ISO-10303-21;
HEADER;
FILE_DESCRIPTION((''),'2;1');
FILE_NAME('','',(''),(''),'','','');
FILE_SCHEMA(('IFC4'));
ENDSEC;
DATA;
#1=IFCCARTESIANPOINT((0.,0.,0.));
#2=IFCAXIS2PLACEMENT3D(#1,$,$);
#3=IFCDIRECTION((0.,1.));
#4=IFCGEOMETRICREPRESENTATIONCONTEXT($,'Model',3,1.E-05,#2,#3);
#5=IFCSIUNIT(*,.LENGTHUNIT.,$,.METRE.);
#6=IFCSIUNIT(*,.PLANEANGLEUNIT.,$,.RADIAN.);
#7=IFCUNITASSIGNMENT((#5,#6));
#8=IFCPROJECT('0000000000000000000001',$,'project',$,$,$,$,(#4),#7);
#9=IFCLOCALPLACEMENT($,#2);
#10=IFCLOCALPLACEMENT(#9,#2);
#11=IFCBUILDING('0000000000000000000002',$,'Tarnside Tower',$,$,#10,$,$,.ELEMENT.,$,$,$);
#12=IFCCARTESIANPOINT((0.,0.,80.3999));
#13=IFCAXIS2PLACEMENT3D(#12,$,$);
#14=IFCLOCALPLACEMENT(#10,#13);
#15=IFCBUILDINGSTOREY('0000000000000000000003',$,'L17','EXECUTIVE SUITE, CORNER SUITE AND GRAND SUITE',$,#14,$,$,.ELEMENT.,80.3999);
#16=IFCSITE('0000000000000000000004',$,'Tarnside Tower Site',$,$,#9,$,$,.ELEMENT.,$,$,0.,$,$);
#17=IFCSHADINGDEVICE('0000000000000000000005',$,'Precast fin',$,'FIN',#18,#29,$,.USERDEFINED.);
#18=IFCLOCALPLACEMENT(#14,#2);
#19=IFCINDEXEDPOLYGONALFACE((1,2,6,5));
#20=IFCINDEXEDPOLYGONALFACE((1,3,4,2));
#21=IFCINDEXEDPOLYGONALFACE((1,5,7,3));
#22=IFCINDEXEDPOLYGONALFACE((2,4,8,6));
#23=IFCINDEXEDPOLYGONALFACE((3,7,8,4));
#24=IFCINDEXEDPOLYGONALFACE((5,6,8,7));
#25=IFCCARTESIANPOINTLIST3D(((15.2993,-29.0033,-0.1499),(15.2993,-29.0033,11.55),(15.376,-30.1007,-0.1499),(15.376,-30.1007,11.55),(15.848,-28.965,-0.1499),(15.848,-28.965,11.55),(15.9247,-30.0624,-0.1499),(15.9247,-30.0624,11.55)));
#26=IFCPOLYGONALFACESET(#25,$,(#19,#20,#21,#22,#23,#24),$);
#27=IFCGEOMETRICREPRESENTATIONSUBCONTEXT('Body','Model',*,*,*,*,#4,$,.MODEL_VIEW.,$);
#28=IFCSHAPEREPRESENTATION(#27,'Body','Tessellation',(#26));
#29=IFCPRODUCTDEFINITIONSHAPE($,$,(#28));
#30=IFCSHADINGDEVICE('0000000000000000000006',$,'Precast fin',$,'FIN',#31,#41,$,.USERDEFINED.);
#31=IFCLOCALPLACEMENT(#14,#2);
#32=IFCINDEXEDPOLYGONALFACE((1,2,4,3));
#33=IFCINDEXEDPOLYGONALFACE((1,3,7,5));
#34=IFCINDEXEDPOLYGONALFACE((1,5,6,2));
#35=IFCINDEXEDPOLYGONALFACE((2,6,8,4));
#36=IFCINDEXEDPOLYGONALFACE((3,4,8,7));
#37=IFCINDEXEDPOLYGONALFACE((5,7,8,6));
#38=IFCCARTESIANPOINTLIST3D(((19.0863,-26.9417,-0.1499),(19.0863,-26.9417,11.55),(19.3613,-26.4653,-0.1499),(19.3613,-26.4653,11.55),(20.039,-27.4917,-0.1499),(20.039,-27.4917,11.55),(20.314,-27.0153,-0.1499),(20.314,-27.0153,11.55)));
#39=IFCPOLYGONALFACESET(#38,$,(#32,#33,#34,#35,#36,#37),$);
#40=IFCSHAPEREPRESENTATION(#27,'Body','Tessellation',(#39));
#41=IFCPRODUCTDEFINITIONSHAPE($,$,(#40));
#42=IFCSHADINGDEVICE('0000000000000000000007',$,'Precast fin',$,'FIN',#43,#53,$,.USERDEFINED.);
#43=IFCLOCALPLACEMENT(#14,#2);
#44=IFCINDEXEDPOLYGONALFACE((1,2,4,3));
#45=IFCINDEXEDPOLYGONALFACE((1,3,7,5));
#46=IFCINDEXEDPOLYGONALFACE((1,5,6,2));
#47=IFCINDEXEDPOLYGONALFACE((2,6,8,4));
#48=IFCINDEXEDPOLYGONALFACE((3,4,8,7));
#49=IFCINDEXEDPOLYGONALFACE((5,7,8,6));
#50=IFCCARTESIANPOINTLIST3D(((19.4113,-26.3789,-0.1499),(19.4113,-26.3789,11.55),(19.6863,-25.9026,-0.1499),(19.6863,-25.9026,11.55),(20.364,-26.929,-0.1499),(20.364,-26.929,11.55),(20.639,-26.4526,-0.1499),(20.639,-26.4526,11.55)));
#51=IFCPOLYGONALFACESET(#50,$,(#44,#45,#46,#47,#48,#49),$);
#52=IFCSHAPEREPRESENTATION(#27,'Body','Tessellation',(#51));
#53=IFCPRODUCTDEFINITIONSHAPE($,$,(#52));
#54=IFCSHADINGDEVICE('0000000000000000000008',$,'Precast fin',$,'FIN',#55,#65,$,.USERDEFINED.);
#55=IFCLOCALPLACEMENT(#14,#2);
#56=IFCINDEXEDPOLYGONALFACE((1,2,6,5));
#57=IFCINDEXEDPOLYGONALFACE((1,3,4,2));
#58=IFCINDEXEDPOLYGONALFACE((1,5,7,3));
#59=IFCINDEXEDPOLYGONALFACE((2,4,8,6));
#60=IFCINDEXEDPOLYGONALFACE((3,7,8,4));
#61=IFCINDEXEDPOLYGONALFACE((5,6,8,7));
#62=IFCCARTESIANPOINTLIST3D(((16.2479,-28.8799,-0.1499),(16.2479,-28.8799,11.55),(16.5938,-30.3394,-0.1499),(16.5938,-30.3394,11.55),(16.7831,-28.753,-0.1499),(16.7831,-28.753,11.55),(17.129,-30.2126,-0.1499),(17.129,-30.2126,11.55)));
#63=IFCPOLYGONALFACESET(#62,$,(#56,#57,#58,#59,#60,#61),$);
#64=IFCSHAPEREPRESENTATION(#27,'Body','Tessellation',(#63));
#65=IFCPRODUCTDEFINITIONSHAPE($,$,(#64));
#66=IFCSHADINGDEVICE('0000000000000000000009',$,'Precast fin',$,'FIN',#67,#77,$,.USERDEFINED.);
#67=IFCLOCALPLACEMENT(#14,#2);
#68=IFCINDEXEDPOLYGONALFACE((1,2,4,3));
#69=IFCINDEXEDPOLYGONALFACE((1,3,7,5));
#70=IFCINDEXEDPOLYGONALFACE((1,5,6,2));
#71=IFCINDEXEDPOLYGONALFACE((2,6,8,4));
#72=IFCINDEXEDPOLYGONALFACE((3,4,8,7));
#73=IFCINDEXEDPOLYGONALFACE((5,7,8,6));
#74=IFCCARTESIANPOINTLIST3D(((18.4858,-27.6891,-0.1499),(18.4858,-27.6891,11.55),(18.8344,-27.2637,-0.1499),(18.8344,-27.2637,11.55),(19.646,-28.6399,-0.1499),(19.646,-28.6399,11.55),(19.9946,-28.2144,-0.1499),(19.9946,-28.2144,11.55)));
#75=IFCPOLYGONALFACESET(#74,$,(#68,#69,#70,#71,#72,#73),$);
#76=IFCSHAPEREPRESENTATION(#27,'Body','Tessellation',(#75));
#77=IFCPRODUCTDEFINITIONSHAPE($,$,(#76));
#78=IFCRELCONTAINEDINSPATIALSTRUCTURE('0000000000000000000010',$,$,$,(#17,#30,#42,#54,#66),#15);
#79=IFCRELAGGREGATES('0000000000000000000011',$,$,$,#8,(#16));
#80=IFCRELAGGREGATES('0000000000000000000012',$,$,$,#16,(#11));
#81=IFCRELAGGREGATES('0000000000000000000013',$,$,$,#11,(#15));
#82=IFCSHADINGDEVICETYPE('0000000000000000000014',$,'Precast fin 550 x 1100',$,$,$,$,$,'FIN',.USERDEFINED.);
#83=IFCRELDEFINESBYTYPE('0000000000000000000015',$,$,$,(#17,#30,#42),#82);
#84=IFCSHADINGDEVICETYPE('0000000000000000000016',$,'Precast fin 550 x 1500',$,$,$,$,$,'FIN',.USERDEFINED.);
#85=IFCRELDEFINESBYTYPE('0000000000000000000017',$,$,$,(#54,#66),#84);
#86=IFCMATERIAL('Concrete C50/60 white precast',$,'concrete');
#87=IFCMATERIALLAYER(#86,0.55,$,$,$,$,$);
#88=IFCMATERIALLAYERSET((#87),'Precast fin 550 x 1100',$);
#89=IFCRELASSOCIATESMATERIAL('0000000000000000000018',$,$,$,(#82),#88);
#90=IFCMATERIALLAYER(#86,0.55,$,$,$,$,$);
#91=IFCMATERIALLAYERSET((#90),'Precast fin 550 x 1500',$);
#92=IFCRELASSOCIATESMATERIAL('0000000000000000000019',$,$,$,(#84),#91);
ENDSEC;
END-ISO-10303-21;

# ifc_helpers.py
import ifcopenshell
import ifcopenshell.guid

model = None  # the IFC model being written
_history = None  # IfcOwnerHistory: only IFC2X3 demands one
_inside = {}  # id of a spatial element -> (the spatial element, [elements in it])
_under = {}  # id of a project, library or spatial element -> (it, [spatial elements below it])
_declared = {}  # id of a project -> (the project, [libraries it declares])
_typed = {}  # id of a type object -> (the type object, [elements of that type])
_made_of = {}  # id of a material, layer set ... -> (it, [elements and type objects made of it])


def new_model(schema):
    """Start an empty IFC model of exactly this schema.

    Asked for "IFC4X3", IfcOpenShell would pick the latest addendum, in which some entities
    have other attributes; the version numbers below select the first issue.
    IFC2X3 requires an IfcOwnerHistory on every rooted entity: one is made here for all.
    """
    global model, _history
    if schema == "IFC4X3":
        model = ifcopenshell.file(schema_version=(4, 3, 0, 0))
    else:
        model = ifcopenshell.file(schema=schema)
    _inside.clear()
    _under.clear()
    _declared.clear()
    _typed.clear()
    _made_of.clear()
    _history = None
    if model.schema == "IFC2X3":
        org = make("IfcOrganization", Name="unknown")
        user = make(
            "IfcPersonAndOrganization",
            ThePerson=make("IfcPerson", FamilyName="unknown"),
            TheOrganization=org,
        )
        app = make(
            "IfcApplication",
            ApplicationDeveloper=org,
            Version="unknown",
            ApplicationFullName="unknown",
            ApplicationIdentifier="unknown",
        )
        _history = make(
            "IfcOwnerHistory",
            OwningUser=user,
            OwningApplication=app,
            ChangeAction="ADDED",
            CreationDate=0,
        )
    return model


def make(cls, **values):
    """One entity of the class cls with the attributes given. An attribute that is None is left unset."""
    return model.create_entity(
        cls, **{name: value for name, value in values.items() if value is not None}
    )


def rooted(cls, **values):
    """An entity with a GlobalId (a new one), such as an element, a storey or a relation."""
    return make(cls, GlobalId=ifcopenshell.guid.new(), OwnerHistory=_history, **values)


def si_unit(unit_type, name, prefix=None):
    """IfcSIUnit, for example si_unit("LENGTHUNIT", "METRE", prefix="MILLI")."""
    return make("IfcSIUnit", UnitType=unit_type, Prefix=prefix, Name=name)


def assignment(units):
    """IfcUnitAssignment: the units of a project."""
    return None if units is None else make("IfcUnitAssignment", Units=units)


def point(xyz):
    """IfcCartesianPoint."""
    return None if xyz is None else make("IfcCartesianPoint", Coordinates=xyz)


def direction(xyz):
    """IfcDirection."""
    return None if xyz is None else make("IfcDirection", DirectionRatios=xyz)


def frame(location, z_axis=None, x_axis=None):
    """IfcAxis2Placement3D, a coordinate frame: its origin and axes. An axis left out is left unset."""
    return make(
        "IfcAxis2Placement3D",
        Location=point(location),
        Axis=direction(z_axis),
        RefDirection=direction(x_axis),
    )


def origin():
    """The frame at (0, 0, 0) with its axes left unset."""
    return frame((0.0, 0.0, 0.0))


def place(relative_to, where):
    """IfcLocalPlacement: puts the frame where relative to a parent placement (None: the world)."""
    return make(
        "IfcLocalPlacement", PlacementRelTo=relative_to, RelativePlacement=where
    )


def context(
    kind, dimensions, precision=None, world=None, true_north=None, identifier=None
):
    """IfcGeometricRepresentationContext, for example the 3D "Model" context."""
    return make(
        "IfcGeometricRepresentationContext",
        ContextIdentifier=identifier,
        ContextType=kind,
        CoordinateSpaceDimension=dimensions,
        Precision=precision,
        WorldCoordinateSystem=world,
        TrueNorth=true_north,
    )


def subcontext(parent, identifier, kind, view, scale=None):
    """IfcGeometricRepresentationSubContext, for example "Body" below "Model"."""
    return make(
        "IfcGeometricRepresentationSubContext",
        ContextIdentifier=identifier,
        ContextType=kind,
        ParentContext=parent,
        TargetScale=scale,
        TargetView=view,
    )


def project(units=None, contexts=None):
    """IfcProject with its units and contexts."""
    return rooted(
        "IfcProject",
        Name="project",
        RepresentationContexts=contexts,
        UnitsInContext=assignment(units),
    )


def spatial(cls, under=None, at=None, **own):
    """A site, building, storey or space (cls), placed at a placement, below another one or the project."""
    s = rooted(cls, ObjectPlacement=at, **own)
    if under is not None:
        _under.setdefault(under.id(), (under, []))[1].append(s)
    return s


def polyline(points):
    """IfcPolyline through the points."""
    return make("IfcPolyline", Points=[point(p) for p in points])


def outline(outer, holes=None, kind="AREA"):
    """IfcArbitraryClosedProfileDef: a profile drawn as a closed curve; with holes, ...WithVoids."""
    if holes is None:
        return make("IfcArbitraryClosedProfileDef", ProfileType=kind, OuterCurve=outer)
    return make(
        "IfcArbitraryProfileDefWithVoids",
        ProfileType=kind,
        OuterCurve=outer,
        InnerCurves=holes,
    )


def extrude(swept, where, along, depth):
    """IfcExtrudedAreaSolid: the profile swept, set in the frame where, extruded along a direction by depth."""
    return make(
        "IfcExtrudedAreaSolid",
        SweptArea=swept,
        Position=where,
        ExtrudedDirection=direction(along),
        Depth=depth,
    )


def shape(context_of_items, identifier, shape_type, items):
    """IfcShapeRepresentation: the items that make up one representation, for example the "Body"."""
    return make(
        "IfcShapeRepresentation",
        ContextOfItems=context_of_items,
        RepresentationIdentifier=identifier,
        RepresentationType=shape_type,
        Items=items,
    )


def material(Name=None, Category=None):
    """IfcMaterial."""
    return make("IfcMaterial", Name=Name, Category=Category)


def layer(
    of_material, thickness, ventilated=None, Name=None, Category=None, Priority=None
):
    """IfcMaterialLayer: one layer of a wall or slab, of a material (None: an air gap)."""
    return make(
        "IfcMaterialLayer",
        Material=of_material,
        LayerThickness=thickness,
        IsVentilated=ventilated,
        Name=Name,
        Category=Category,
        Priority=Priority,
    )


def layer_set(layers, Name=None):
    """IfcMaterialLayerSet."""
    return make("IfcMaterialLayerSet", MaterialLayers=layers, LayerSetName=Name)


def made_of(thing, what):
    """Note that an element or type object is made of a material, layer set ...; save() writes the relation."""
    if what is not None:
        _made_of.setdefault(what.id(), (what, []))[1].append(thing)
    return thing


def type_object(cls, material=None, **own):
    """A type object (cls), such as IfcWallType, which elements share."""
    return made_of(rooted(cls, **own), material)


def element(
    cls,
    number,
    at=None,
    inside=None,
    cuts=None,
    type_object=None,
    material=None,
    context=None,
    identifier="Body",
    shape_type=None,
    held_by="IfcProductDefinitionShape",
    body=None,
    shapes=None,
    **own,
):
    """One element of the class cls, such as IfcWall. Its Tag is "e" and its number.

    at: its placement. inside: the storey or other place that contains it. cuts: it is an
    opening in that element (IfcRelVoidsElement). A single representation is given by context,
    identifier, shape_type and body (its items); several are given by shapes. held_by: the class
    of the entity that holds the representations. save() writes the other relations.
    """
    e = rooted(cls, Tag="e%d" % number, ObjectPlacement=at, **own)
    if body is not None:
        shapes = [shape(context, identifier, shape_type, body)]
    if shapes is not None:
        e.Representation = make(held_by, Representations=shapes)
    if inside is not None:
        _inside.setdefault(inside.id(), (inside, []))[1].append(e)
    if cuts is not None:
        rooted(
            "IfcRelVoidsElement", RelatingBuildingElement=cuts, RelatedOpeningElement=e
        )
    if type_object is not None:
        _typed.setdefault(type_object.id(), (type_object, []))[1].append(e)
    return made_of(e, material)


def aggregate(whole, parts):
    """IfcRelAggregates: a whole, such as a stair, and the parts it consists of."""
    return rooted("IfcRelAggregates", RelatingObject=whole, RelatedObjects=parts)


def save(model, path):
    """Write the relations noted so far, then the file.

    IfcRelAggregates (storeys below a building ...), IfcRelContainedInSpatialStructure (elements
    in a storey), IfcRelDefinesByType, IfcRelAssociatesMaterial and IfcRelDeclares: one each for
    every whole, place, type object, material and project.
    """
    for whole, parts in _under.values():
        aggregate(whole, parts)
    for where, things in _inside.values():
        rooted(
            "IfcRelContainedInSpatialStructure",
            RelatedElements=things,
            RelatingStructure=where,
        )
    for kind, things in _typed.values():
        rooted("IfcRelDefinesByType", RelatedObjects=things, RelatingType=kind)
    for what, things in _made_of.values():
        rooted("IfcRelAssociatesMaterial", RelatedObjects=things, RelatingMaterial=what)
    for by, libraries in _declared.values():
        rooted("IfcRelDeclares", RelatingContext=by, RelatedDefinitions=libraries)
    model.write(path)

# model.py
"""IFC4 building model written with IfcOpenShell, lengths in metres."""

from ifc_helpers import new_model, si_unit, direction, frame, origin, place, context, subcontext, project, spatial, polyline, outline, extrude, material, layer, layer_set, type_object, element, save


model = new_model("IFC4")

# Units and contexts
model_context = context("Model", 3, precision=1e-05, world=origin(), true_north=direction((0.0, 1.0)))
body_context = subcontext(model_context, "Body", "Model", "MODEL_VIEW")
ifc_project = project(units=[si_unit("LENGTHUNIT", "METRE"), si_unit("PLANEANGLEUNIT", "RADIAN")], contexts=[model_context])

# Site, building, storey
site_placement = place(None, origin())
site = spatial("IfcSite", under=ifc_project, at=site_placement, Name="Tarnside Tower Site", CompositionType="ELEMENT", RefElevation=0.0)
building_placement = place(site_placement, origin())
building = spatial("IfcBuilding", under=site, at=building_placement, Name="Tarnside Tower", CompositionType="ELEMENT")
storey_placement = place(building_placement, frame((0.0, 0.0, 80.3999)))
storey = spatial("IfcBuildingStorey", under=building, at=storey_placement, Name="L17", Description="EXECUTIVE SUITE, CORNER SUITE AND GRAND SUITE", CompositionType="ELEMENT", Elevation=80.3999)

# Shading devices
ifc_material_1 = material(Name="Concrete C50/60 white precast", Category="concrete")
ifc_layer_1 = layer(ifc_material_1, 0.55)
ifc_layer_set_1 = layer_set([ifc_layer_1], Name="Precast fin 550 x 1100")
shading_device_type_1 = type_object("IfcShadingDeviceType", Name="Precast fin 550 x 1100", ElementType="FIN", PredefinedType="USERDEFINED", material=ifc_layer_set_1)
for number, where, z_axis, x_axis, name in (
    (1, (15.5737, -28.9841, -0.1499), (-0.997564, -0.069756, 0.0), (0.069756, -0.997564, 0.0), "Precast fin"),
    (2, (19.2239, -26.7034, -0.1499), (-0.5, -0.866025, 0.0), (0.866025, -0.5, 0.0), "Precast fin"),
    (3, (19.5488, -26.1406, -0.1499), (-0.5, -0.866025, 0.0), (0.866025, -0.5, 0.0), "Precast fin"),
):
    element("IfcShadingDevice", number, at=place(storey_placement, frame(where, z_axis=z_axis, x_axis=x_axis)), inside=storey, type_object=shading_device_type_1, Name=name, ObjectType="FIN", PredefinedType="USERDEFINED", context=body_context, shape_type="SweptSolid", body=[
        extrude(outline(polyline([(0.0, 0.0), (1.1001, 0.0), (1.1001, 11.7), (0.0, 11.7), (0.0, 0.0)])), frame((0.0, 0.0, -0.2749)), (0.0, 0.0, 1.0), 0.55),
    ])
ifc_layer_2 = layer(ifc_material_1, 0.55)
ifc_layer_set_2 = layer_set([ifc_layer_2], Name="Precast fin 550 x 1500")
shading_device_type_2 = type_object("IfcShadingDeviceType", Name="Precast fin 550 x 1500", ElementType="FIN", PredefinedType="USERDEFINED", material=ifc_layer_set_2)
for number, where, z_axis, x_axis, name in (
    (4, (16.5156, -28.8164, -0.1499), (-0.973045, -0.230616, 0.0), (0.230616, -0.973045, 0.0), "Precast fin"),
    (5, (18.6602, -27.4763, -0.1499), (-0.633831, -0.773472, 0.0), (0.773472, -0.633831, 0.0), "Precast fin"),
):
    element("IfcShadingDevice", number, at=place(storey_placement, frame(where, z_axis=z_axis, x_axis=x_axis)), inside=storey, type_object=shading_device_type_2, Name=name, ObjectType="FIN", PredefinedType="USERDEFINED", context=body_context, shape_type="SweptSolid", body=[
        extrude(outline(polyline([(0.0, 0.0), (1.5, 0.0), (1.5, 11.7), (0.0, 11.7), (0.0, 0.0)])), frame((0.0, 0.0, -0.2749)), (0.0, 0.0, 1.0), 0.55),
    ])

save(model, "model.ifc")
